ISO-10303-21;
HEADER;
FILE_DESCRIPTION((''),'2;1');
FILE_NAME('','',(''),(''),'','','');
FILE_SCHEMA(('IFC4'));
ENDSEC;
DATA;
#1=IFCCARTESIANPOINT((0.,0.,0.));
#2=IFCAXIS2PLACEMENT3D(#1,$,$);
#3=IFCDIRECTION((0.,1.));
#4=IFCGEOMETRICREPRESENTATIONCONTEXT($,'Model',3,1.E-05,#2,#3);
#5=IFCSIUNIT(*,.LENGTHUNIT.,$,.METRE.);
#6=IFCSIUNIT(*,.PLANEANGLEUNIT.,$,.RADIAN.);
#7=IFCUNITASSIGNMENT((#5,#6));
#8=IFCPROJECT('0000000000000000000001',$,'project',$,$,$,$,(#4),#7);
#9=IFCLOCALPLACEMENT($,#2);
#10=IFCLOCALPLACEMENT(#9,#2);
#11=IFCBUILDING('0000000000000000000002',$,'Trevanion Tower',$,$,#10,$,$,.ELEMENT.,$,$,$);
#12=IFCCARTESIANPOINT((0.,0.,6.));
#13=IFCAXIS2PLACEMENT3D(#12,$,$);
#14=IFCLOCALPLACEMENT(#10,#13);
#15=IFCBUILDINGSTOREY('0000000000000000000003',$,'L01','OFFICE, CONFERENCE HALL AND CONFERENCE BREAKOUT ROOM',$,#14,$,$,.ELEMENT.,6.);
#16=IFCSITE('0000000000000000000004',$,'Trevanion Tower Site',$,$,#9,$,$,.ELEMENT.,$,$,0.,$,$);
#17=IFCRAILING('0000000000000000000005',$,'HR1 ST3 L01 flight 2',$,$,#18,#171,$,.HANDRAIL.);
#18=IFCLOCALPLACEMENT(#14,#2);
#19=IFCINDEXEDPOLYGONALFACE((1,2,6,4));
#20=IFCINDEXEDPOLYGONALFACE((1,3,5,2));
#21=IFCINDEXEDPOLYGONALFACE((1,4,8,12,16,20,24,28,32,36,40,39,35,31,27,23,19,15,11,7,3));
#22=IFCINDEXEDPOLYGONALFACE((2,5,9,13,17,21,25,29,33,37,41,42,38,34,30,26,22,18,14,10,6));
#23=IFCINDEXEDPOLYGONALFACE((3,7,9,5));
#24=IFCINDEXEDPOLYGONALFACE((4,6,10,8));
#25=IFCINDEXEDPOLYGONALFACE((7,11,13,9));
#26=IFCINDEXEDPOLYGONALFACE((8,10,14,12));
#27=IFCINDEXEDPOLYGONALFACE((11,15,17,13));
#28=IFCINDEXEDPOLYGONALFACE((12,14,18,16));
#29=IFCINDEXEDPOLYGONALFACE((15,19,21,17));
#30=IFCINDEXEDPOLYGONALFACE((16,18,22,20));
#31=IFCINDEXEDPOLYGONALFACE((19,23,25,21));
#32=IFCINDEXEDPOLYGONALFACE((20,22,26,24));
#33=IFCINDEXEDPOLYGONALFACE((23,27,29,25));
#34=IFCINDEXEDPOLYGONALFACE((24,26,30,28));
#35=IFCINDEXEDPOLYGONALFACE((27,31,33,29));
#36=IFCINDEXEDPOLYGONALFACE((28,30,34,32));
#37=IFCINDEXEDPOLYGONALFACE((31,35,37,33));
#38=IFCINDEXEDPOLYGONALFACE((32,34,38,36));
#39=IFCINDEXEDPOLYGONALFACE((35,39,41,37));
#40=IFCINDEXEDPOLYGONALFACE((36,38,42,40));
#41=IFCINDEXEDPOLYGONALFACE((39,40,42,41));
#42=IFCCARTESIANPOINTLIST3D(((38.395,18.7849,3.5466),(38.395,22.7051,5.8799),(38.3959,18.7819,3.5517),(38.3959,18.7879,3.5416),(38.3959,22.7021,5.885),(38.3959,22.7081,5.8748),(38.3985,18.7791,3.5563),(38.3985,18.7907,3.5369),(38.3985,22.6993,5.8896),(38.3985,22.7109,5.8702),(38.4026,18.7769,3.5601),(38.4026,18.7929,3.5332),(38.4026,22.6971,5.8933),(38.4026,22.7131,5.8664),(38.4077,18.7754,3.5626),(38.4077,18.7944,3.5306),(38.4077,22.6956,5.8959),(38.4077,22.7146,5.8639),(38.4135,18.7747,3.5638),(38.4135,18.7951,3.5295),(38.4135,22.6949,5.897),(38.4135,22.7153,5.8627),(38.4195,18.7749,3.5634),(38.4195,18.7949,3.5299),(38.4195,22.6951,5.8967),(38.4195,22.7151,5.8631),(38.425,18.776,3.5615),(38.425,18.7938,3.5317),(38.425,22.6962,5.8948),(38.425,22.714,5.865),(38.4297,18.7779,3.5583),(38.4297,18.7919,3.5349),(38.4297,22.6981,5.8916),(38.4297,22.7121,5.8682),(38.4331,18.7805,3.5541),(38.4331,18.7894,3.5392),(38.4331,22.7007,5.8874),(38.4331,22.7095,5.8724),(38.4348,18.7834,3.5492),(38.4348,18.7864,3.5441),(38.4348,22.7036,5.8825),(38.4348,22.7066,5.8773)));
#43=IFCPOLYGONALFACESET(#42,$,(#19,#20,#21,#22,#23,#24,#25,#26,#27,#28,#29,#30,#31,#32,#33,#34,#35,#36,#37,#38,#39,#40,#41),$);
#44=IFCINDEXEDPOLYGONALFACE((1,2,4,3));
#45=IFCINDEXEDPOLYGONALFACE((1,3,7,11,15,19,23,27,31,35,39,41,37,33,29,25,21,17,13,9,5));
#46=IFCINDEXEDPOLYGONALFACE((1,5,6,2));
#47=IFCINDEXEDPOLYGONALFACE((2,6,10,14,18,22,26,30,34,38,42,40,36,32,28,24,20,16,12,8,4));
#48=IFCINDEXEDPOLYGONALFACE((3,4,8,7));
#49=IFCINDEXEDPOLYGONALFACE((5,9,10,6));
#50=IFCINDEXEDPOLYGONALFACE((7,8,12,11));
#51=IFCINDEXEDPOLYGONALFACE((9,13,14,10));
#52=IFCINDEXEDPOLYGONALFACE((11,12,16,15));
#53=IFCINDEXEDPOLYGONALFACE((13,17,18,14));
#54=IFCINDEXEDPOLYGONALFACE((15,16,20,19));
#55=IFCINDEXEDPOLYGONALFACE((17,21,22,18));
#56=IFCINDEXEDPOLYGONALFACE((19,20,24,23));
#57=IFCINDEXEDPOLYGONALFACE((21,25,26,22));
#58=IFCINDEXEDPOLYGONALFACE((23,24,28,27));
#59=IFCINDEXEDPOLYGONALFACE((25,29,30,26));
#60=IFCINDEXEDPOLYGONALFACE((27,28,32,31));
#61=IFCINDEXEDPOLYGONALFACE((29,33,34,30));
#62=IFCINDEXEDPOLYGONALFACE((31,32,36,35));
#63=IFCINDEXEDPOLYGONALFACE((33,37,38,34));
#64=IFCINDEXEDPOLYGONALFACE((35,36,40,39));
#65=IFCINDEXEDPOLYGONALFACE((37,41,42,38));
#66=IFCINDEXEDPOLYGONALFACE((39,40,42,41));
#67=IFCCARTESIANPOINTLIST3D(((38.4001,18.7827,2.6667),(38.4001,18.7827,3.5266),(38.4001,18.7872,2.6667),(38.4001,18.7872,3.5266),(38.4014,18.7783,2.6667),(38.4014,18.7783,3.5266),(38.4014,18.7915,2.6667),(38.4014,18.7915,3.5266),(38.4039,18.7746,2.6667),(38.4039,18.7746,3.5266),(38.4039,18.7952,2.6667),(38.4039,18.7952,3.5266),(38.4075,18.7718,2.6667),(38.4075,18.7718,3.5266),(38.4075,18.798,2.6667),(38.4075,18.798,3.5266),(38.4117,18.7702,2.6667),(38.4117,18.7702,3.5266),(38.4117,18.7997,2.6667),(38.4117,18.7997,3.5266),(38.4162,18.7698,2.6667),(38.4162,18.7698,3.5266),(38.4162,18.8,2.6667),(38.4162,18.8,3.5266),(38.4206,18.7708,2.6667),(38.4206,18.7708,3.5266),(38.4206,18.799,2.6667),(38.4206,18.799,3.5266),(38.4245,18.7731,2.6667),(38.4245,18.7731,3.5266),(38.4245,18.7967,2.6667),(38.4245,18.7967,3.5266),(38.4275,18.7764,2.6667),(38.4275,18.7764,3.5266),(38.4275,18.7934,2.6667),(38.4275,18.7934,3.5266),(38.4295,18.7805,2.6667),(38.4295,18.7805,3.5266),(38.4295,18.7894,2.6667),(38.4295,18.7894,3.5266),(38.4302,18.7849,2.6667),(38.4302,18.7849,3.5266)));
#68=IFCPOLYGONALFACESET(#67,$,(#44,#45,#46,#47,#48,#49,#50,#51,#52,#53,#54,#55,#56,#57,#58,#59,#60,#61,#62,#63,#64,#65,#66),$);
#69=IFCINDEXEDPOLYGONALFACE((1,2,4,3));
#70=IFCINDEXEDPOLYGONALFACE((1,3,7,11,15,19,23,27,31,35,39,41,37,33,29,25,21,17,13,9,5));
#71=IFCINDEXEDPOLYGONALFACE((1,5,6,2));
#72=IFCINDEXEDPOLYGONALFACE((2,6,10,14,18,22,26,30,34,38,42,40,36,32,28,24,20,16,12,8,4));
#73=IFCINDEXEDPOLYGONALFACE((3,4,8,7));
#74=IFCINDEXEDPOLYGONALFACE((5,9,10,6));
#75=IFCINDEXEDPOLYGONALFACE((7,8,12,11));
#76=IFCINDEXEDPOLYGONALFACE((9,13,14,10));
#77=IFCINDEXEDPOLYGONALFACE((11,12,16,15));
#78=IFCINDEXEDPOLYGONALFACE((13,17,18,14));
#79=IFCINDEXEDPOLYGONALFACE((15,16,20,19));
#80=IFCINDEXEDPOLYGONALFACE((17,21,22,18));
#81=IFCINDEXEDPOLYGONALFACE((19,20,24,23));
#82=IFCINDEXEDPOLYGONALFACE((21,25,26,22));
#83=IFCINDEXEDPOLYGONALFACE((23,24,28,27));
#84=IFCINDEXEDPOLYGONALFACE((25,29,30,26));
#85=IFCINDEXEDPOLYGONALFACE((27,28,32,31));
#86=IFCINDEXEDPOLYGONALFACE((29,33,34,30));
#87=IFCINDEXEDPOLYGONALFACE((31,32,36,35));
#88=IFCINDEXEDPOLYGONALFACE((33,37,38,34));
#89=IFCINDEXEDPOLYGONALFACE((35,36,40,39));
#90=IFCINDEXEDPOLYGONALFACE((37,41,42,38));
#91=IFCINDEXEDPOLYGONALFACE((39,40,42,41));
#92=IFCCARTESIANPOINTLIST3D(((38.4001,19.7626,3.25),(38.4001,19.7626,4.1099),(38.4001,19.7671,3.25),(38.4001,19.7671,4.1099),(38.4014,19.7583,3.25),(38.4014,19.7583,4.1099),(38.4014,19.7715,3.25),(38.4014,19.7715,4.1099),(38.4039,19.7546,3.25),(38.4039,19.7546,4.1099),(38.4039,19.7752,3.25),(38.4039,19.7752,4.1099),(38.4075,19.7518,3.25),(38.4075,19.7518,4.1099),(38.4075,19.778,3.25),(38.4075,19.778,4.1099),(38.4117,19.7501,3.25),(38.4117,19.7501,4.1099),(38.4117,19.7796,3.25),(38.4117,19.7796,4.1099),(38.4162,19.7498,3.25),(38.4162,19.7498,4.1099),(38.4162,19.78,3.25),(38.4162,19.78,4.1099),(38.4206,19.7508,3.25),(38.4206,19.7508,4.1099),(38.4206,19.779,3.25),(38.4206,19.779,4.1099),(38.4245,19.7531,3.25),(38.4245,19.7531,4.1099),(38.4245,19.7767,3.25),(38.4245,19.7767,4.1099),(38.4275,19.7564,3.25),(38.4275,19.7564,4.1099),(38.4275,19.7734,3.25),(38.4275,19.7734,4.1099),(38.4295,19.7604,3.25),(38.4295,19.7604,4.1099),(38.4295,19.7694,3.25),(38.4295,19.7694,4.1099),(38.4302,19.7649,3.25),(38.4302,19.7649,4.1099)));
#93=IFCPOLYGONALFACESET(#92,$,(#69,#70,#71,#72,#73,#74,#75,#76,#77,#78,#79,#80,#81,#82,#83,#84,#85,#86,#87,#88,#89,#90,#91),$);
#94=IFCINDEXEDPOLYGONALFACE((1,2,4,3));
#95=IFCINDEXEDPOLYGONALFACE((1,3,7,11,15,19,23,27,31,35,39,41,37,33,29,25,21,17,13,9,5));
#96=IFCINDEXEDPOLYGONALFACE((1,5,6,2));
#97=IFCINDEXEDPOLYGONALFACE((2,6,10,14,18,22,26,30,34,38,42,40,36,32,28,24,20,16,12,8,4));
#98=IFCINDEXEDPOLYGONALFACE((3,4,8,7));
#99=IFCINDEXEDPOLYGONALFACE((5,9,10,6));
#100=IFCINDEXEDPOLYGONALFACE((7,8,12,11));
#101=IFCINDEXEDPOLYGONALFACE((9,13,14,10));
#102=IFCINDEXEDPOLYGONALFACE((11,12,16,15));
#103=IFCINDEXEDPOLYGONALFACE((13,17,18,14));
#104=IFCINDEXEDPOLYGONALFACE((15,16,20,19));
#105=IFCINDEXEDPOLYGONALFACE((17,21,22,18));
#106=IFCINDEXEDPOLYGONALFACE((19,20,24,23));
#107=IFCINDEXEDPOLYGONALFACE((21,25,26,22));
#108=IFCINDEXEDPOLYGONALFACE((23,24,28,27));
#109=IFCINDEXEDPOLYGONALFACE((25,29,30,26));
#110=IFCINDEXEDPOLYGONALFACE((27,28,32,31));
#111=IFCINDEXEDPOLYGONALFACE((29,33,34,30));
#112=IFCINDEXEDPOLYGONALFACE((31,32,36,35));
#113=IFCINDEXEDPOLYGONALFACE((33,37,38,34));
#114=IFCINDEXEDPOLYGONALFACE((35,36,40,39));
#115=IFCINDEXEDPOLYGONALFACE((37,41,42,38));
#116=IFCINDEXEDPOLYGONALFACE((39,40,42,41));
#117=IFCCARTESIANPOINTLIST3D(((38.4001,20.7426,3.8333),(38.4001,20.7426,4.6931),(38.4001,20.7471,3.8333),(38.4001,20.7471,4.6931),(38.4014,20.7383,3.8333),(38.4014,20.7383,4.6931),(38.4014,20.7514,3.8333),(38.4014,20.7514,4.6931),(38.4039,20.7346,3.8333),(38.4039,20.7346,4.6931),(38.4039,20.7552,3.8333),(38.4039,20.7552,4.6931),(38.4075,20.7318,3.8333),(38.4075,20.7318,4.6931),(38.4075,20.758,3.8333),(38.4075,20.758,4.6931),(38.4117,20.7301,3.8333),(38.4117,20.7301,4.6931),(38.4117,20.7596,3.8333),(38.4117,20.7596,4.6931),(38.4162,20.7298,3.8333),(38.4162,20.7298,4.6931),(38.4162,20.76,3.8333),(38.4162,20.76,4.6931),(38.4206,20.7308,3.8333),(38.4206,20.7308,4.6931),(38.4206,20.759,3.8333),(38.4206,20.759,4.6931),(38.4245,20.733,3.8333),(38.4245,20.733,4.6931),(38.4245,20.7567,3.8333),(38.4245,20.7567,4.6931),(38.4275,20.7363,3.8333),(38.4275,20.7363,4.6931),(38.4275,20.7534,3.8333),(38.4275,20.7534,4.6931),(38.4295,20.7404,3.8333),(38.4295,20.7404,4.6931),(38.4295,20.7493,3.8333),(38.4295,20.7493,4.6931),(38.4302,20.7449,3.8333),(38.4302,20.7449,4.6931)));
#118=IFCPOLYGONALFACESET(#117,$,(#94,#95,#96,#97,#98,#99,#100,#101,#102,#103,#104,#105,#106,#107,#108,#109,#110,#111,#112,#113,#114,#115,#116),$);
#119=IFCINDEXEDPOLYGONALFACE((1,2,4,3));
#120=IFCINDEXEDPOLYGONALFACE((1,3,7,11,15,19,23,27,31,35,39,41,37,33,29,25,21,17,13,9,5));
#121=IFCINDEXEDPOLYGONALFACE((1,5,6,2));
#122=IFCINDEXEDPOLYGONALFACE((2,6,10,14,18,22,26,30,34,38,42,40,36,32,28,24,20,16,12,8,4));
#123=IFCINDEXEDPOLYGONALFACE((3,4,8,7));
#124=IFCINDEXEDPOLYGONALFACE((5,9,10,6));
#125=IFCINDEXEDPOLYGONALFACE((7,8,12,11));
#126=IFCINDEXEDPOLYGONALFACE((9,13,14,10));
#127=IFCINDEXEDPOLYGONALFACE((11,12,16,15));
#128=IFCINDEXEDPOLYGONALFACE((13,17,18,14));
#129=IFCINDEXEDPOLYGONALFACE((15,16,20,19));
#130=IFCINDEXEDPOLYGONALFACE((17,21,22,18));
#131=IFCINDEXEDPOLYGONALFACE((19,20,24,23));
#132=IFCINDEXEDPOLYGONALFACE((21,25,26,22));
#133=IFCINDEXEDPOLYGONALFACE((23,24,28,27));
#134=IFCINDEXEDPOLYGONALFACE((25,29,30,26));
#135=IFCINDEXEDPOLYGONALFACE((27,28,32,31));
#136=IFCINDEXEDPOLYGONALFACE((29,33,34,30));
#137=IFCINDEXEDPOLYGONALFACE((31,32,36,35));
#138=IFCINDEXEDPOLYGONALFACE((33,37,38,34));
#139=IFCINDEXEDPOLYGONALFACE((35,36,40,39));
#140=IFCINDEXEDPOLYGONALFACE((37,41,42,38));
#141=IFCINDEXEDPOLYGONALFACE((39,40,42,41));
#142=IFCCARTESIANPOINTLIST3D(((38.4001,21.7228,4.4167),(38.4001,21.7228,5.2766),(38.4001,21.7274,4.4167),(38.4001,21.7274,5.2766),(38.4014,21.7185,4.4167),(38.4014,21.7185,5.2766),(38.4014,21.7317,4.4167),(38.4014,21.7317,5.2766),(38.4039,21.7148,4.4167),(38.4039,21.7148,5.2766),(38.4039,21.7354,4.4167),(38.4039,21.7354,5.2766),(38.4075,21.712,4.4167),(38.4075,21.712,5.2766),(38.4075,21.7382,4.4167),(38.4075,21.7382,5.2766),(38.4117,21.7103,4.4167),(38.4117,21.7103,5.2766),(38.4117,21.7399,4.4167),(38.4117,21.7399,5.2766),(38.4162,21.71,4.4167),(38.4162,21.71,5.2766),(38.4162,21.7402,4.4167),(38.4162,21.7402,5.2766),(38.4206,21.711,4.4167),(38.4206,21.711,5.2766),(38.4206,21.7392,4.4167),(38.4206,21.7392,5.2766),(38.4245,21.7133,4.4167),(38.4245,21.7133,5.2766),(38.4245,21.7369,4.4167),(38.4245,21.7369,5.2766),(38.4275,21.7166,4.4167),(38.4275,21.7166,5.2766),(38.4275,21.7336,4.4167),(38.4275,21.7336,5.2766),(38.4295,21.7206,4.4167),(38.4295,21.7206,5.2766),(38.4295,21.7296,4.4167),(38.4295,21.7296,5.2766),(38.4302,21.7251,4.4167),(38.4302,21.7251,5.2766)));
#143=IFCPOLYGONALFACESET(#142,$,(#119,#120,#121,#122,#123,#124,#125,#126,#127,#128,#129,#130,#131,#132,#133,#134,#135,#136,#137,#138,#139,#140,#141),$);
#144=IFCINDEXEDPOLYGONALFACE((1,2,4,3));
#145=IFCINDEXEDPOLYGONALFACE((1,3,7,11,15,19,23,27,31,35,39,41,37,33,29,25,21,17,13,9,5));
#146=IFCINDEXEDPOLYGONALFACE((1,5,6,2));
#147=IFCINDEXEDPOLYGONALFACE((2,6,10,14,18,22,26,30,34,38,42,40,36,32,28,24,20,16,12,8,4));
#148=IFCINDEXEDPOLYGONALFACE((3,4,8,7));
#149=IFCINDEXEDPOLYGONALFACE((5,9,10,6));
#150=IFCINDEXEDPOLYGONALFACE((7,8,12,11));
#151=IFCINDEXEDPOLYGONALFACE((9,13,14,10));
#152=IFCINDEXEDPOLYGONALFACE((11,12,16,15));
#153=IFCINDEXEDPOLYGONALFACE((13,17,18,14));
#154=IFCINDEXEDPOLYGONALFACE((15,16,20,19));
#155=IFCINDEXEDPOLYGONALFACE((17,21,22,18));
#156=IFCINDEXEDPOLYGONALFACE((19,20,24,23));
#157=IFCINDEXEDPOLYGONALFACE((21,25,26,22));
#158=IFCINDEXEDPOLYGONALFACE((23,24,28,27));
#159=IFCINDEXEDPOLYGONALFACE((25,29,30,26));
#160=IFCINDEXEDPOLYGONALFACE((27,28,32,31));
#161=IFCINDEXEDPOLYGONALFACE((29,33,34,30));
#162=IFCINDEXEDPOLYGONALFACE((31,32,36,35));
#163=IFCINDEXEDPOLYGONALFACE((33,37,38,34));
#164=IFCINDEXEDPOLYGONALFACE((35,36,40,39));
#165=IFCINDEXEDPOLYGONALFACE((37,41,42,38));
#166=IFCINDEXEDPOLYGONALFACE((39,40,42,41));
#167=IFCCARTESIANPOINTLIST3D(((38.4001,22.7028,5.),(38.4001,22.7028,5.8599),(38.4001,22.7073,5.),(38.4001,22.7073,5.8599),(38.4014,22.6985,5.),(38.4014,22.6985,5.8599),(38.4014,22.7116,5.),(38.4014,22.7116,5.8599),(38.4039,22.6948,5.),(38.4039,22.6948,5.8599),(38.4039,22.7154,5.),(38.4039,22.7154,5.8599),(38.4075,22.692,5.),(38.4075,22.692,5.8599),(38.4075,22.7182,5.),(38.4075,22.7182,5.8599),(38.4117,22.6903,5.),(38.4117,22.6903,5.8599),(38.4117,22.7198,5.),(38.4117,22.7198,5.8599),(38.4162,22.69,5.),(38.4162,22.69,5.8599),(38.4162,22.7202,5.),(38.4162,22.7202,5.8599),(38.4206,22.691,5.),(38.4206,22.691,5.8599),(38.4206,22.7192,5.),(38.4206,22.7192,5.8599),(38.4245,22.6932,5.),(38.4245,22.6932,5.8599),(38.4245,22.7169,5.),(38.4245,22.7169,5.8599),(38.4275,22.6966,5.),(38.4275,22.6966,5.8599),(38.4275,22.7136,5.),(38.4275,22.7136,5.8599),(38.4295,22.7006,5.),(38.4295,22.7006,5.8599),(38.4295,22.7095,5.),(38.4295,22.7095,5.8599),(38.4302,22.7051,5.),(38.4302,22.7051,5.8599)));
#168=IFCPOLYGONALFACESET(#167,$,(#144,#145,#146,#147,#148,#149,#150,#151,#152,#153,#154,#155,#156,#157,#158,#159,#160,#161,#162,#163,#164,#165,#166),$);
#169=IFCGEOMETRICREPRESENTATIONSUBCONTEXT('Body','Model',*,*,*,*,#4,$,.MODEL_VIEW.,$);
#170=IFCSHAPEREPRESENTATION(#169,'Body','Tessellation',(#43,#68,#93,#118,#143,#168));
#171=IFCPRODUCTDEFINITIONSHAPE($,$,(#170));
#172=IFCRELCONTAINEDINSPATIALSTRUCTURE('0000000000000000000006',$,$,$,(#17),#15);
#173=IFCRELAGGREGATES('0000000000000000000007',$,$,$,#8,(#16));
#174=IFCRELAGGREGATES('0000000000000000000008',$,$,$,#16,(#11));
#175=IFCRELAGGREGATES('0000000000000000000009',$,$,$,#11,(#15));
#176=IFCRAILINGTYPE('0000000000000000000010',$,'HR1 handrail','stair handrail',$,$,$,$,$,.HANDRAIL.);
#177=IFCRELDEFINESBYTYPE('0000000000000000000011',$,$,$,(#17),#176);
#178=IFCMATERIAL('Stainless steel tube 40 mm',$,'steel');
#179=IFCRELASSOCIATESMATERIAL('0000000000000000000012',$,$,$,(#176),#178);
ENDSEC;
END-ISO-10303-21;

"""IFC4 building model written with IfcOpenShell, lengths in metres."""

from ifc_helpers import new_model, si_unit, direction, frame, origin, origin_2d, place, context, subcontext, project, spatial, circle, extrude, material, type_object, element, save


model = new_model("IFC4")

# Units and contexts
model_context = context("Model", 3, precision=1e-05, world=origin(), true_north=direction((0.0, 1.0)))
body_context = subcontext(model_context, "Body", "Model", "MODEL_VIEW")
ifc_project = project(units=[si_unit("LENGTHUNIT", "METRE"), si_unit("PLANEANGLEUNIT", "RADIAN")], contexts=[model_context])

# Site, building, storey
site_placement = place(None, origin())
site = spatial("IfcSite", under=ifc_project, at=site_placement, Name="Trevanion Tower Site", CompositionType="ELEMENT", RefElevation=0.0)
building_placement = place(site_placement, origin())
building = spatial("IfcBuilding", under=site, at=building_placement, Name="Trevanion Tower", CompositionType="ELEMENT")
storey_placement = place(building_placement, frame((0.0, 0.0, 6.0)))
storey = spatial("IfcBuildingStorey", under=building, at=storey_placement, Name="L01", Description="OFFICE, CONFERENCE HALL AND CONFERENCE BREAKOUT ROOM", CompositionType="ELEMENT", Elevation=6.0)

# Railing
ifc_material_1 = material(Name="Stainless steel tube 40 mm", Category="steel")
railing_type_1 = type_object("IfcRailingType", Name="HR1 handrail", Description="stair handrail", PredefinedType="HANDRAIL", material=ifc_material_1)
for number, where, name in (
    (1, (38.415, 18.7849, 2.6667), "HR1 ST3 L01 flight 2"),
):
    element("IfcRailing", number, at=place(storey_placement, frame(where)), inside=storey, type_object=railing_type_1, Name=name, PredefinedType="HANDRAIL", context=body_context, shape_type="SweptSolid", body=[
        extrude(circle(Radius=0.02, at=origin_2d()), frame((0.0, 0.0, 0.8799), z_axis=(0.0, 0.85931, 0.511455), x_axis=(-1.0, 0.0, 0.0)), (0.0, 0.0, 1.0), 4.562),
        extrude(circle(Radius=0.0151, at=origin_2d()), origin(), (0.0, 0.0, 1.0), 0.8599),
        extrude(circle(Radius=0.0151, at=origin_2d()), frame((0.0, 0.98, 0.5833)), (0.0, 0.0, 1.0), 0.8599),
        extrude(circle(Radius=0.0151, at=origin_2d()), frame((0.0, 1.96, 1.1665)), (0.0, 0.0, 1.0), 0.8599),
        extrude(circle(Radius=0.0151, at=origin_2d()), frame((0.0, 2.9402, 1.75)), (0.0, 0.0, 1.0), 0.8599),
        extrude(circle(Radius=0.0151, at=origin_2d()), frame((0.0, 3.9202, 2.3333)), (0.0, 0.0, 1.0), 0.8599),
    ])

save(model, "model.ifc")
